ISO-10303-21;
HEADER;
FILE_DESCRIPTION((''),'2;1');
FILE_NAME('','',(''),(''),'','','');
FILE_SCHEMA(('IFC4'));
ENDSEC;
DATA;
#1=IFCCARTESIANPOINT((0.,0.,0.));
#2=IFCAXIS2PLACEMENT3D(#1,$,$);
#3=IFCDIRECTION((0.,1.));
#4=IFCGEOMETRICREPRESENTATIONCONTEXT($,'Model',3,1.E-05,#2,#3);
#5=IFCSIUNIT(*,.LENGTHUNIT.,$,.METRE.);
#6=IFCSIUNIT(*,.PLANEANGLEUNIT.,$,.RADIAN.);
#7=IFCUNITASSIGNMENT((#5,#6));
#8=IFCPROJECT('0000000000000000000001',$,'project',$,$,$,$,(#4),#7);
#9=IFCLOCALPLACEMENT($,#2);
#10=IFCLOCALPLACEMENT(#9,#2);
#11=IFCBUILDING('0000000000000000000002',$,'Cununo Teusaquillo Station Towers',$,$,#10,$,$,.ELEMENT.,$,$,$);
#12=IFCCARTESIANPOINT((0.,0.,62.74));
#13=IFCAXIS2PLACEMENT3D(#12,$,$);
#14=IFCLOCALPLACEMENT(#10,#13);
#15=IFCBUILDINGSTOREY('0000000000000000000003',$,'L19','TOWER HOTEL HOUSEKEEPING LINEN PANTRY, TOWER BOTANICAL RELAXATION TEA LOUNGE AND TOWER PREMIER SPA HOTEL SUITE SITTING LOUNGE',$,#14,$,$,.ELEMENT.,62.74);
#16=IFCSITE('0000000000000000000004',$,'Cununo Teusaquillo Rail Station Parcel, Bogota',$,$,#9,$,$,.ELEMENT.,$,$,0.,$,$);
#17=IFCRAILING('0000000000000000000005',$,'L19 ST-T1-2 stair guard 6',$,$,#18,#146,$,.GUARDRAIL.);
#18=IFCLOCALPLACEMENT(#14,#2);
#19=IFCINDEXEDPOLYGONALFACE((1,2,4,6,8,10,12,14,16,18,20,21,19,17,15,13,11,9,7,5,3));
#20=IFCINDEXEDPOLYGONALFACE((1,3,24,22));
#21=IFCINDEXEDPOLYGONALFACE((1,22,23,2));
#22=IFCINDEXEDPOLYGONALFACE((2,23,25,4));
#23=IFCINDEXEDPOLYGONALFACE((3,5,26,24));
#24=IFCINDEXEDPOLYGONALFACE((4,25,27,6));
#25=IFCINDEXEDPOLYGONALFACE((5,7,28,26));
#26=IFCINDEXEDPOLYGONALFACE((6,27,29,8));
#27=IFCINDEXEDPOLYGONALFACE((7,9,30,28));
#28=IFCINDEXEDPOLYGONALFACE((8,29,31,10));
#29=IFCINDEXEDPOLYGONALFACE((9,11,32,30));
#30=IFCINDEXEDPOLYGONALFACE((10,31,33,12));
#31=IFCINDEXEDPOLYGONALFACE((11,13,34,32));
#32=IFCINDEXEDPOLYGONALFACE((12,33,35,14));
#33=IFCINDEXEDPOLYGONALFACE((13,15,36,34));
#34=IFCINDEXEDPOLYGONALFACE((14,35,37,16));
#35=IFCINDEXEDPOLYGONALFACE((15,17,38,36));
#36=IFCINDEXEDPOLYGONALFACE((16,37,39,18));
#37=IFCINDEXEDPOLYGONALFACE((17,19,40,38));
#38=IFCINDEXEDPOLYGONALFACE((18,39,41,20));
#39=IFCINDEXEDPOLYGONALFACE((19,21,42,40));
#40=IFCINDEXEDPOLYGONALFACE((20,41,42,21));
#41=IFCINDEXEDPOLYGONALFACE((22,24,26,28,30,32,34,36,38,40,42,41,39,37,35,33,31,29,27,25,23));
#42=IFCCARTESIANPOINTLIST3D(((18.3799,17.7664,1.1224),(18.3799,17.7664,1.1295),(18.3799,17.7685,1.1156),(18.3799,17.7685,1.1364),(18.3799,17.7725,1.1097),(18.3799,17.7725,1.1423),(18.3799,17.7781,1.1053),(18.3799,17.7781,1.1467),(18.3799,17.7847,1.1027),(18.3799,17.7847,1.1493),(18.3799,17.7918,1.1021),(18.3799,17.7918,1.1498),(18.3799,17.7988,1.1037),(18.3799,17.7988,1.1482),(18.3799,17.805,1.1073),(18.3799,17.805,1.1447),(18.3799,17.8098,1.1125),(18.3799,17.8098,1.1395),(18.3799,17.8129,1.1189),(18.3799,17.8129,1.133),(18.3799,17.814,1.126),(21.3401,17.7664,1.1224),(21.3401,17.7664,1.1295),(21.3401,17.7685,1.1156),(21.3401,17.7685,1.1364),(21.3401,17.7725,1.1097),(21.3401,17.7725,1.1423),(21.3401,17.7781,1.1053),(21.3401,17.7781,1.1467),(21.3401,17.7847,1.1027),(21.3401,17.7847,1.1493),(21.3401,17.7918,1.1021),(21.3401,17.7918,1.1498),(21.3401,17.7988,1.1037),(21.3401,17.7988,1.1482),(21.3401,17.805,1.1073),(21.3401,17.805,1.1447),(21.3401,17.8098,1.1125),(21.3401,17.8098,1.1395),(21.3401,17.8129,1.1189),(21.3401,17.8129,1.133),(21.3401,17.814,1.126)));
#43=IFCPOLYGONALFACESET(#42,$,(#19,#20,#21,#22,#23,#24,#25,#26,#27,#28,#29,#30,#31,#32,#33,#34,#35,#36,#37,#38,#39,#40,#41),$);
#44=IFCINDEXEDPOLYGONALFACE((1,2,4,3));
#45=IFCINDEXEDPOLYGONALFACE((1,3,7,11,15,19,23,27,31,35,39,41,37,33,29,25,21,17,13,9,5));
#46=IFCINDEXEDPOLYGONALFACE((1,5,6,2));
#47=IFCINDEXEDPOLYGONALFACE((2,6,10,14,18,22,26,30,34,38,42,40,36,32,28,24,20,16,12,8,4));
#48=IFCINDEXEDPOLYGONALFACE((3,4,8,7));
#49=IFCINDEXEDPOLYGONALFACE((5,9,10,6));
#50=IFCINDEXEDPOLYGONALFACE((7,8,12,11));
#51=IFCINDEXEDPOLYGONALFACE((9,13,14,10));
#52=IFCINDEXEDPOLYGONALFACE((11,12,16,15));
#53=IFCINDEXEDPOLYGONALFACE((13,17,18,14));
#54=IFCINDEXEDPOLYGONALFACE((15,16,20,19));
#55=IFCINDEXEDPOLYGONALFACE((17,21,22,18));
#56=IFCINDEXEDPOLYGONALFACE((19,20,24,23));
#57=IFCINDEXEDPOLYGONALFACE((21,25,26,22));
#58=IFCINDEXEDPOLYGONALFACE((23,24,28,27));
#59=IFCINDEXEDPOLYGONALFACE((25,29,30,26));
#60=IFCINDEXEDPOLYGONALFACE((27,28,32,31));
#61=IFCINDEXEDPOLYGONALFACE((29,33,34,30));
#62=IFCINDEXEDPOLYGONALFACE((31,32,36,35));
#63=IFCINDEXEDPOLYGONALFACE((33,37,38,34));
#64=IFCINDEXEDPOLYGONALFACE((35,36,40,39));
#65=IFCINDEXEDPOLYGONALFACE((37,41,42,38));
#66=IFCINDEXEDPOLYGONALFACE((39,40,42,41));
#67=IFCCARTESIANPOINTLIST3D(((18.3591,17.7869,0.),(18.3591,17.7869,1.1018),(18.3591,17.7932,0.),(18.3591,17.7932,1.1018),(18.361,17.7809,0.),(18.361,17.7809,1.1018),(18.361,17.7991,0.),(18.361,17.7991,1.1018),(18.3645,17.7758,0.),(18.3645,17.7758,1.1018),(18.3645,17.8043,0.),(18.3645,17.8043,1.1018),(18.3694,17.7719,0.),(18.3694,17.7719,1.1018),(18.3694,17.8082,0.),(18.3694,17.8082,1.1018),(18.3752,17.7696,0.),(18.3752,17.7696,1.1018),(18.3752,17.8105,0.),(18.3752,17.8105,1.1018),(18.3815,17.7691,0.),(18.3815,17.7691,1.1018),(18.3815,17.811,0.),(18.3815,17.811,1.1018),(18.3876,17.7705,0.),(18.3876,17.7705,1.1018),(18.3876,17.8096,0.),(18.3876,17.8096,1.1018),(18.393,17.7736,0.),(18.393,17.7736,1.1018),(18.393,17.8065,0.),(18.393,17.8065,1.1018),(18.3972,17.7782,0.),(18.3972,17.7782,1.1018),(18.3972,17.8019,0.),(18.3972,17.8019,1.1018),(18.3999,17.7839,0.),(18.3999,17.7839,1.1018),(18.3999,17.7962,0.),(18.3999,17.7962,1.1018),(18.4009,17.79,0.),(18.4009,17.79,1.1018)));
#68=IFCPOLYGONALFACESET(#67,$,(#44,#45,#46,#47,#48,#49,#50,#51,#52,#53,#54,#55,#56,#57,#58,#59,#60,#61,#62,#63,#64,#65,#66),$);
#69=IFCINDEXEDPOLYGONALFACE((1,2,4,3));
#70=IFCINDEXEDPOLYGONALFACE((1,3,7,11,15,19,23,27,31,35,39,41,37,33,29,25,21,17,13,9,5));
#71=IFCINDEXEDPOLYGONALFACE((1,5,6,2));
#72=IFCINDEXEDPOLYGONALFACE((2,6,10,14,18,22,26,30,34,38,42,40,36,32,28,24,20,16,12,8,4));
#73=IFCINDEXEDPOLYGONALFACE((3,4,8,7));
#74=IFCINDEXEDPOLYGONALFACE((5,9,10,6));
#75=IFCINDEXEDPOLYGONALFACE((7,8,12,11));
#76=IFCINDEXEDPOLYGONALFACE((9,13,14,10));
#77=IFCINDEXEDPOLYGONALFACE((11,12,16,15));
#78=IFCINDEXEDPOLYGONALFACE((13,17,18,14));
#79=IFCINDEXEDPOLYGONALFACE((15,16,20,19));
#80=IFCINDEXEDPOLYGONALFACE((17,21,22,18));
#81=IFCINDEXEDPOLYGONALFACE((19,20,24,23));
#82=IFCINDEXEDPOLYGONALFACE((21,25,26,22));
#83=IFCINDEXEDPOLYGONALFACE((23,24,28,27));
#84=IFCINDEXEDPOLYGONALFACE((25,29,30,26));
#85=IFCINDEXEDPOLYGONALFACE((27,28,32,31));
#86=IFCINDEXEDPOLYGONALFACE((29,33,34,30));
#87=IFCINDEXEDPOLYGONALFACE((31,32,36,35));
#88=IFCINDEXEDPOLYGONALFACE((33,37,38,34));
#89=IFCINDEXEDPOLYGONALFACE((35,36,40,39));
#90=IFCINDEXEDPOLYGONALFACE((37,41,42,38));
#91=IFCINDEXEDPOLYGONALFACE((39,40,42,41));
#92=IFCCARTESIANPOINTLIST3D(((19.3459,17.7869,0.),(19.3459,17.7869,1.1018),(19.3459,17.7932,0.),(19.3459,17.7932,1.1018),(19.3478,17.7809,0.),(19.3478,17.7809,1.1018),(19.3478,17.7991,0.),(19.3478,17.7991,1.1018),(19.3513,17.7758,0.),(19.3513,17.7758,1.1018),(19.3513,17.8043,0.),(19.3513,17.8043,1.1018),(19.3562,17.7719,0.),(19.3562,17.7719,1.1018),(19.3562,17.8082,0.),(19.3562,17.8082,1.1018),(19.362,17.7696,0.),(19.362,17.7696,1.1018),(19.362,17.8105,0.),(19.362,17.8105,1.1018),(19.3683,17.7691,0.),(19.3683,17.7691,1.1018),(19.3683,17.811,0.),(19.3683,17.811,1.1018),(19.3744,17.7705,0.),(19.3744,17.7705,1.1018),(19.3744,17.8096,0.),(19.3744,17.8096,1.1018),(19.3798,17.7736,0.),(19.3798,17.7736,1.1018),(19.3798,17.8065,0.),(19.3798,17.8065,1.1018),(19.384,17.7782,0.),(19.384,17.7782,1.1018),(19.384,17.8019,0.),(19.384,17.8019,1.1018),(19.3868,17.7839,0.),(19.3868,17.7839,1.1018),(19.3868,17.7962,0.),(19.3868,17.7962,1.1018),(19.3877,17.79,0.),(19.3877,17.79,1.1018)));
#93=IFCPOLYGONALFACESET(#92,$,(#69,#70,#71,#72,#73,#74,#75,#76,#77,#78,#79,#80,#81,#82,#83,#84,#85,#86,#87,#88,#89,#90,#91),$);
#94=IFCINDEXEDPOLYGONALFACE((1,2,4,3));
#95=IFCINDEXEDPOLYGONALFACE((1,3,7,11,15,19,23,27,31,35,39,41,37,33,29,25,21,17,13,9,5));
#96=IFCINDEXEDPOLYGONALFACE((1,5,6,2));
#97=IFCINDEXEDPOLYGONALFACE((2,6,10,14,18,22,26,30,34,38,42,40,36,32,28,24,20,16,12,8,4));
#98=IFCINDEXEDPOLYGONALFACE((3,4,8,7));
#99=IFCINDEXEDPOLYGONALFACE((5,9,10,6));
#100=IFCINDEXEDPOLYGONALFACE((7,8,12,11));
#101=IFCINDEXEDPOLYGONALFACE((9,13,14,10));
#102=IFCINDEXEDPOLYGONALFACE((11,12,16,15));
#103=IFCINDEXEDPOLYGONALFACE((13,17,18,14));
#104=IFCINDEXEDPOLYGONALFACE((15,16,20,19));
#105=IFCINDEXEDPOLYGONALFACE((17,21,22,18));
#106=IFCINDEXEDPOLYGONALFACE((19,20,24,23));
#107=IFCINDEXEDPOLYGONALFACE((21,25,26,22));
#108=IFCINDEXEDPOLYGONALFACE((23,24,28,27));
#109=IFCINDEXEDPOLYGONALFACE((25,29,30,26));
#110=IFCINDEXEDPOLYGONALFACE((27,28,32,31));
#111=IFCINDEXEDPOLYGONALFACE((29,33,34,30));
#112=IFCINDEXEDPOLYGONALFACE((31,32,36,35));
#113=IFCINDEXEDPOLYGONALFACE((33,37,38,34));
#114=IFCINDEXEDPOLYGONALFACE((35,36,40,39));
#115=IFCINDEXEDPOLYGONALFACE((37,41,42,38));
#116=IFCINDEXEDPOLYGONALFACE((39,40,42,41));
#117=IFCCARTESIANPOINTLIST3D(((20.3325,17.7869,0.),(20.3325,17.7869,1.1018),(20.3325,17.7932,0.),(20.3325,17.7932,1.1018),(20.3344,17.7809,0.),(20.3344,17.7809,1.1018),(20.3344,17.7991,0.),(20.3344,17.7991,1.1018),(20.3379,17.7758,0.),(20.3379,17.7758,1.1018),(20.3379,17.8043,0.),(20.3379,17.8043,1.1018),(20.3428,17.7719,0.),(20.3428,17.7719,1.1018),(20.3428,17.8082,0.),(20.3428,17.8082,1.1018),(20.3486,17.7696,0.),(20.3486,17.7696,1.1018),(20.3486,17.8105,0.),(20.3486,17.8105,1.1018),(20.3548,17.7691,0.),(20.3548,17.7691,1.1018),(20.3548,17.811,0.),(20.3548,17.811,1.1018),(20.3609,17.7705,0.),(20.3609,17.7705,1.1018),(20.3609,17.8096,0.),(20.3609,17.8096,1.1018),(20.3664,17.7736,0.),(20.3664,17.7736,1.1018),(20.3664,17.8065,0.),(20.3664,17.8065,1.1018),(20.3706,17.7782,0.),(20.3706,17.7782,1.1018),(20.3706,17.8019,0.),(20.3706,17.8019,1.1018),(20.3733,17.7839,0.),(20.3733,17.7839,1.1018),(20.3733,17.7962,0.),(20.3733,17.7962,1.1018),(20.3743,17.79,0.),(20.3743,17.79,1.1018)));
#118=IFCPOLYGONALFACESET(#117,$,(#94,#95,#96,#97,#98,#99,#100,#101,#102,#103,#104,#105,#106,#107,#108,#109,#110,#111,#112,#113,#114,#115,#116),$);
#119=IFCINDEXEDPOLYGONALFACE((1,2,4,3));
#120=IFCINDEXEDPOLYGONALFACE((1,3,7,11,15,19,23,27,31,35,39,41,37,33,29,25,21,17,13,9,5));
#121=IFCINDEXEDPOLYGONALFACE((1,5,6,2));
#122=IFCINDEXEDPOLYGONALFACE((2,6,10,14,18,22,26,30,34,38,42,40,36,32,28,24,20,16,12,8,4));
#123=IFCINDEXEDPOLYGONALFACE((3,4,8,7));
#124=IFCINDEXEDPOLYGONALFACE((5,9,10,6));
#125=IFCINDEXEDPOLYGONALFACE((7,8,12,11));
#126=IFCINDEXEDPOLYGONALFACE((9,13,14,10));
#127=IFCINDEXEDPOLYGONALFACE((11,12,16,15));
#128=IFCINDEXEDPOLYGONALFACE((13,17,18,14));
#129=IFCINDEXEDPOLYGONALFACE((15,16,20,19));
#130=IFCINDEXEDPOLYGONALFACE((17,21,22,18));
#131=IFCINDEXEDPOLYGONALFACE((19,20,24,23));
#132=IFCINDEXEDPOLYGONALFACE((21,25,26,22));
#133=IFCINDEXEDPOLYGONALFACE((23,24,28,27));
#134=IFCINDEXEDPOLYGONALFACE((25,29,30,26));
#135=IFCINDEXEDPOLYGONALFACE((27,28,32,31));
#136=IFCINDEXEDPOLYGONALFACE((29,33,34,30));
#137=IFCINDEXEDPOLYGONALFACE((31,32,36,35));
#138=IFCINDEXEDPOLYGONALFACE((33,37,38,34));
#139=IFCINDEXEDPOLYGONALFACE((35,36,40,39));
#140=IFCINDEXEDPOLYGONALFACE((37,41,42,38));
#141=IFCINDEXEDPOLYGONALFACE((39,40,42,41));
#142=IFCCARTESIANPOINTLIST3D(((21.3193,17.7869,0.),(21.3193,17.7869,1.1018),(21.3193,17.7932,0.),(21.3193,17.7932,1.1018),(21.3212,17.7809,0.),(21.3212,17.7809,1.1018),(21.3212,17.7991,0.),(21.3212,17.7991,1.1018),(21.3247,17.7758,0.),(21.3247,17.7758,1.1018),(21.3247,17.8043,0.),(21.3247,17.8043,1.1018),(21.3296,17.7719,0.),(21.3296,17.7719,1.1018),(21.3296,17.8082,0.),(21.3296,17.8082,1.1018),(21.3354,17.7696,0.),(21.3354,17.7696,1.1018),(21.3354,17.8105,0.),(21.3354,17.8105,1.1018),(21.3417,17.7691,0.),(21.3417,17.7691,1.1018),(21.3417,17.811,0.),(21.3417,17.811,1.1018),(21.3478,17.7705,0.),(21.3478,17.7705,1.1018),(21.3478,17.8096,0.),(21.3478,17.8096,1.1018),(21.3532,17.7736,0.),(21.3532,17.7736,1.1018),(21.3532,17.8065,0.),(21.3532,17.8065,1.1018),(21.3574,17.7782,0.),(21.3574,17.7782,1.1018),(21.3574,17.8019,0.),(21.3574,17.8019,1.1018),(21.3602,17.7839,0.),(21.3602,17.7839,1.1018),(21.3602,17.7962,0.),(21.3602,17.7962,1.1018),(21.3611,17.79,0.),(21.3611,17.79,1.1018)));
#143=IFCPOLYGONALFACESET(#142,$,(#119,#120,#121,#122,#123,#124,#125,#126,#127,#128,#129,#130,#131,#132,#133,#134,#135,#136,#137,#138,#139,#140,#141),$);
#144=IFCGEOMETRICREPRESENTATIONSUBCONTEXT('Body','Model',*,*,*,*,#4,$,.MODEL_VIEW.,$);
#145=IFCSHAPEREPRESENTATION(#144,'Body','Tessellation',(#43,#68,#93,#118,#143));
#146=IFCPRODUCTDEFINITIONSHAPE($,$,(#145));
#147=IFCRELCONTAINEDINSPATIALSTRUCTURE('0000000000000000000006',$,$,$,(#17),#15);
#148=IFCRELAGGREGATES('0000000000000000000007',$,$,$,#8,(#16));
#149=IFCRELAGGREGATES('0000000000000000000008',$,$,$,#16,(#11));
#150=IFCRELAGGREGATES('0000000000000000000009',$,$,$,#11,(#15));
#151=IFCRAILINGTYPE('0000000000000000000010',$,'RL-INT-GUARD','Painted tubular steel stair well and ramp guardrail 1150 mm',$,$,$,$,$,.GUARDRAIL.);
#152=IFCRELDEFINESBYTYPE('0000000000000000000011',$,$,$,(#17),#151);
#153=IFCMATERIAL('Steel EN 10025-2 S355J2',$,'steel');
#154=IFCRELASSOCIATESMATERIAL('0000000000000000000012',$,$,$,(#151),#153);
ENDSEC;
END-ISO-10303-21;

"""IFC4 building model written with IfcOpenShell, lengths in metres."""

from ifc_helpers import new_model, si_unit, direction, frame, origin, origin_2d, place, context, subcontext, project, spatial, circle, extrude, material, type_object, element, save


model = new_model("IFC4")

# Units and contexts
model_context = context("Model", 3, precision=1e-05, world=origin(), true_north=direction((0.0, 1.0)))
body_context = subcontext(model_context, "Body", "Model", "MODEL_VIEW")
ifc_project = project(units=[si_unit("LENGTHUNIT", "METRE"), si_unit("PLANEANGLEUNIT", "RADIAN")], contexts=[model_context])

# Site, building, storey
site_placement = place(None, origin())
site = spatial("IfcSite", under=ifc_project, at=site_placement, Name="Cununo Teusaquillo Rail Station Parcel, Bogota", CompositionType="ELEMENT", RefElevation=0.0)
building_placement = place(site_placement, origin())
building = spatial("IfcBuilding", under=site, at=building_placement, Name="Cununo Teusaquillo Station Towers", CompositionType="ELEMENT")
storey_placement = place(building_placement, frame((0.0, 0.0, 62.74)))
storey = spatial("IfcBuildingStorey", under=building, at=storey_placement, Name="L19", Description="TOWER HOTEL HOUSEKEEPING LINEN PANTRY, TOWER BOTANICAL RELAXATION TEA LOUNGE AND TOWER PREMIER SPA HOTEL SUITE SITTING LOUNGE", CompositionType="ELEMENT", Elevation=62.74)

# Railing
ifc_material_1 = material(Name="Steel EN 10025-2 S355J2", Category="steel")
railing_type_1 = type_object("IfcRailingType", Name="RL-INT-GUARD", Description="Painted tubular steel stair well and ramp guardrail 1150 mm", PredefinedType="GUARDRAIL", material=ifc_material_1)
railing_1_placement = place(storey_placement, frame((18.3799, 17.79, 0.0)))
element("IfcRailing", 1, at=railing_1_placement, inside=storey, type_object=railing_type_1, Name="L19 ST-T1-2 stair guard 6", PredefinedType="GUARDRAIL", context=body_context, shape_type="SweptSolid", body=[
    extrude(circle(Radius=0.0239, at=origin_2d()), frame((0.0, 0.0, 1.126), z_axis=(1.0, 0.0, 0.0), x_axis=(0.0, 1.0, 0.0)), (0.0, 0.0, 1.0), 2.9602),
    extrude(circle(Radius=0.021, at=origin_2d()), origin(), (0.0, 0.0, 1.0), 1.1018),
    extrude(circle(Radius=0.021, at=origin_2d()), frame((0.9868, 0.0, 0.0)), (0.0, 0.0, 1.0), 1.1018),
    extrude(circle(Radius=0.021, at=origin_2d()), frame((1.9734, 0.0, 0.0)), (0.0, 0.0, 1.0), 1.1018),
    extrude(circle(Radius=0.021, at=origin_2d()), frame((2.9602, 0.0, 0.0)), (0.0, 0.0, 1.0), 1.1018),
])

save(model, "model.ifc")
